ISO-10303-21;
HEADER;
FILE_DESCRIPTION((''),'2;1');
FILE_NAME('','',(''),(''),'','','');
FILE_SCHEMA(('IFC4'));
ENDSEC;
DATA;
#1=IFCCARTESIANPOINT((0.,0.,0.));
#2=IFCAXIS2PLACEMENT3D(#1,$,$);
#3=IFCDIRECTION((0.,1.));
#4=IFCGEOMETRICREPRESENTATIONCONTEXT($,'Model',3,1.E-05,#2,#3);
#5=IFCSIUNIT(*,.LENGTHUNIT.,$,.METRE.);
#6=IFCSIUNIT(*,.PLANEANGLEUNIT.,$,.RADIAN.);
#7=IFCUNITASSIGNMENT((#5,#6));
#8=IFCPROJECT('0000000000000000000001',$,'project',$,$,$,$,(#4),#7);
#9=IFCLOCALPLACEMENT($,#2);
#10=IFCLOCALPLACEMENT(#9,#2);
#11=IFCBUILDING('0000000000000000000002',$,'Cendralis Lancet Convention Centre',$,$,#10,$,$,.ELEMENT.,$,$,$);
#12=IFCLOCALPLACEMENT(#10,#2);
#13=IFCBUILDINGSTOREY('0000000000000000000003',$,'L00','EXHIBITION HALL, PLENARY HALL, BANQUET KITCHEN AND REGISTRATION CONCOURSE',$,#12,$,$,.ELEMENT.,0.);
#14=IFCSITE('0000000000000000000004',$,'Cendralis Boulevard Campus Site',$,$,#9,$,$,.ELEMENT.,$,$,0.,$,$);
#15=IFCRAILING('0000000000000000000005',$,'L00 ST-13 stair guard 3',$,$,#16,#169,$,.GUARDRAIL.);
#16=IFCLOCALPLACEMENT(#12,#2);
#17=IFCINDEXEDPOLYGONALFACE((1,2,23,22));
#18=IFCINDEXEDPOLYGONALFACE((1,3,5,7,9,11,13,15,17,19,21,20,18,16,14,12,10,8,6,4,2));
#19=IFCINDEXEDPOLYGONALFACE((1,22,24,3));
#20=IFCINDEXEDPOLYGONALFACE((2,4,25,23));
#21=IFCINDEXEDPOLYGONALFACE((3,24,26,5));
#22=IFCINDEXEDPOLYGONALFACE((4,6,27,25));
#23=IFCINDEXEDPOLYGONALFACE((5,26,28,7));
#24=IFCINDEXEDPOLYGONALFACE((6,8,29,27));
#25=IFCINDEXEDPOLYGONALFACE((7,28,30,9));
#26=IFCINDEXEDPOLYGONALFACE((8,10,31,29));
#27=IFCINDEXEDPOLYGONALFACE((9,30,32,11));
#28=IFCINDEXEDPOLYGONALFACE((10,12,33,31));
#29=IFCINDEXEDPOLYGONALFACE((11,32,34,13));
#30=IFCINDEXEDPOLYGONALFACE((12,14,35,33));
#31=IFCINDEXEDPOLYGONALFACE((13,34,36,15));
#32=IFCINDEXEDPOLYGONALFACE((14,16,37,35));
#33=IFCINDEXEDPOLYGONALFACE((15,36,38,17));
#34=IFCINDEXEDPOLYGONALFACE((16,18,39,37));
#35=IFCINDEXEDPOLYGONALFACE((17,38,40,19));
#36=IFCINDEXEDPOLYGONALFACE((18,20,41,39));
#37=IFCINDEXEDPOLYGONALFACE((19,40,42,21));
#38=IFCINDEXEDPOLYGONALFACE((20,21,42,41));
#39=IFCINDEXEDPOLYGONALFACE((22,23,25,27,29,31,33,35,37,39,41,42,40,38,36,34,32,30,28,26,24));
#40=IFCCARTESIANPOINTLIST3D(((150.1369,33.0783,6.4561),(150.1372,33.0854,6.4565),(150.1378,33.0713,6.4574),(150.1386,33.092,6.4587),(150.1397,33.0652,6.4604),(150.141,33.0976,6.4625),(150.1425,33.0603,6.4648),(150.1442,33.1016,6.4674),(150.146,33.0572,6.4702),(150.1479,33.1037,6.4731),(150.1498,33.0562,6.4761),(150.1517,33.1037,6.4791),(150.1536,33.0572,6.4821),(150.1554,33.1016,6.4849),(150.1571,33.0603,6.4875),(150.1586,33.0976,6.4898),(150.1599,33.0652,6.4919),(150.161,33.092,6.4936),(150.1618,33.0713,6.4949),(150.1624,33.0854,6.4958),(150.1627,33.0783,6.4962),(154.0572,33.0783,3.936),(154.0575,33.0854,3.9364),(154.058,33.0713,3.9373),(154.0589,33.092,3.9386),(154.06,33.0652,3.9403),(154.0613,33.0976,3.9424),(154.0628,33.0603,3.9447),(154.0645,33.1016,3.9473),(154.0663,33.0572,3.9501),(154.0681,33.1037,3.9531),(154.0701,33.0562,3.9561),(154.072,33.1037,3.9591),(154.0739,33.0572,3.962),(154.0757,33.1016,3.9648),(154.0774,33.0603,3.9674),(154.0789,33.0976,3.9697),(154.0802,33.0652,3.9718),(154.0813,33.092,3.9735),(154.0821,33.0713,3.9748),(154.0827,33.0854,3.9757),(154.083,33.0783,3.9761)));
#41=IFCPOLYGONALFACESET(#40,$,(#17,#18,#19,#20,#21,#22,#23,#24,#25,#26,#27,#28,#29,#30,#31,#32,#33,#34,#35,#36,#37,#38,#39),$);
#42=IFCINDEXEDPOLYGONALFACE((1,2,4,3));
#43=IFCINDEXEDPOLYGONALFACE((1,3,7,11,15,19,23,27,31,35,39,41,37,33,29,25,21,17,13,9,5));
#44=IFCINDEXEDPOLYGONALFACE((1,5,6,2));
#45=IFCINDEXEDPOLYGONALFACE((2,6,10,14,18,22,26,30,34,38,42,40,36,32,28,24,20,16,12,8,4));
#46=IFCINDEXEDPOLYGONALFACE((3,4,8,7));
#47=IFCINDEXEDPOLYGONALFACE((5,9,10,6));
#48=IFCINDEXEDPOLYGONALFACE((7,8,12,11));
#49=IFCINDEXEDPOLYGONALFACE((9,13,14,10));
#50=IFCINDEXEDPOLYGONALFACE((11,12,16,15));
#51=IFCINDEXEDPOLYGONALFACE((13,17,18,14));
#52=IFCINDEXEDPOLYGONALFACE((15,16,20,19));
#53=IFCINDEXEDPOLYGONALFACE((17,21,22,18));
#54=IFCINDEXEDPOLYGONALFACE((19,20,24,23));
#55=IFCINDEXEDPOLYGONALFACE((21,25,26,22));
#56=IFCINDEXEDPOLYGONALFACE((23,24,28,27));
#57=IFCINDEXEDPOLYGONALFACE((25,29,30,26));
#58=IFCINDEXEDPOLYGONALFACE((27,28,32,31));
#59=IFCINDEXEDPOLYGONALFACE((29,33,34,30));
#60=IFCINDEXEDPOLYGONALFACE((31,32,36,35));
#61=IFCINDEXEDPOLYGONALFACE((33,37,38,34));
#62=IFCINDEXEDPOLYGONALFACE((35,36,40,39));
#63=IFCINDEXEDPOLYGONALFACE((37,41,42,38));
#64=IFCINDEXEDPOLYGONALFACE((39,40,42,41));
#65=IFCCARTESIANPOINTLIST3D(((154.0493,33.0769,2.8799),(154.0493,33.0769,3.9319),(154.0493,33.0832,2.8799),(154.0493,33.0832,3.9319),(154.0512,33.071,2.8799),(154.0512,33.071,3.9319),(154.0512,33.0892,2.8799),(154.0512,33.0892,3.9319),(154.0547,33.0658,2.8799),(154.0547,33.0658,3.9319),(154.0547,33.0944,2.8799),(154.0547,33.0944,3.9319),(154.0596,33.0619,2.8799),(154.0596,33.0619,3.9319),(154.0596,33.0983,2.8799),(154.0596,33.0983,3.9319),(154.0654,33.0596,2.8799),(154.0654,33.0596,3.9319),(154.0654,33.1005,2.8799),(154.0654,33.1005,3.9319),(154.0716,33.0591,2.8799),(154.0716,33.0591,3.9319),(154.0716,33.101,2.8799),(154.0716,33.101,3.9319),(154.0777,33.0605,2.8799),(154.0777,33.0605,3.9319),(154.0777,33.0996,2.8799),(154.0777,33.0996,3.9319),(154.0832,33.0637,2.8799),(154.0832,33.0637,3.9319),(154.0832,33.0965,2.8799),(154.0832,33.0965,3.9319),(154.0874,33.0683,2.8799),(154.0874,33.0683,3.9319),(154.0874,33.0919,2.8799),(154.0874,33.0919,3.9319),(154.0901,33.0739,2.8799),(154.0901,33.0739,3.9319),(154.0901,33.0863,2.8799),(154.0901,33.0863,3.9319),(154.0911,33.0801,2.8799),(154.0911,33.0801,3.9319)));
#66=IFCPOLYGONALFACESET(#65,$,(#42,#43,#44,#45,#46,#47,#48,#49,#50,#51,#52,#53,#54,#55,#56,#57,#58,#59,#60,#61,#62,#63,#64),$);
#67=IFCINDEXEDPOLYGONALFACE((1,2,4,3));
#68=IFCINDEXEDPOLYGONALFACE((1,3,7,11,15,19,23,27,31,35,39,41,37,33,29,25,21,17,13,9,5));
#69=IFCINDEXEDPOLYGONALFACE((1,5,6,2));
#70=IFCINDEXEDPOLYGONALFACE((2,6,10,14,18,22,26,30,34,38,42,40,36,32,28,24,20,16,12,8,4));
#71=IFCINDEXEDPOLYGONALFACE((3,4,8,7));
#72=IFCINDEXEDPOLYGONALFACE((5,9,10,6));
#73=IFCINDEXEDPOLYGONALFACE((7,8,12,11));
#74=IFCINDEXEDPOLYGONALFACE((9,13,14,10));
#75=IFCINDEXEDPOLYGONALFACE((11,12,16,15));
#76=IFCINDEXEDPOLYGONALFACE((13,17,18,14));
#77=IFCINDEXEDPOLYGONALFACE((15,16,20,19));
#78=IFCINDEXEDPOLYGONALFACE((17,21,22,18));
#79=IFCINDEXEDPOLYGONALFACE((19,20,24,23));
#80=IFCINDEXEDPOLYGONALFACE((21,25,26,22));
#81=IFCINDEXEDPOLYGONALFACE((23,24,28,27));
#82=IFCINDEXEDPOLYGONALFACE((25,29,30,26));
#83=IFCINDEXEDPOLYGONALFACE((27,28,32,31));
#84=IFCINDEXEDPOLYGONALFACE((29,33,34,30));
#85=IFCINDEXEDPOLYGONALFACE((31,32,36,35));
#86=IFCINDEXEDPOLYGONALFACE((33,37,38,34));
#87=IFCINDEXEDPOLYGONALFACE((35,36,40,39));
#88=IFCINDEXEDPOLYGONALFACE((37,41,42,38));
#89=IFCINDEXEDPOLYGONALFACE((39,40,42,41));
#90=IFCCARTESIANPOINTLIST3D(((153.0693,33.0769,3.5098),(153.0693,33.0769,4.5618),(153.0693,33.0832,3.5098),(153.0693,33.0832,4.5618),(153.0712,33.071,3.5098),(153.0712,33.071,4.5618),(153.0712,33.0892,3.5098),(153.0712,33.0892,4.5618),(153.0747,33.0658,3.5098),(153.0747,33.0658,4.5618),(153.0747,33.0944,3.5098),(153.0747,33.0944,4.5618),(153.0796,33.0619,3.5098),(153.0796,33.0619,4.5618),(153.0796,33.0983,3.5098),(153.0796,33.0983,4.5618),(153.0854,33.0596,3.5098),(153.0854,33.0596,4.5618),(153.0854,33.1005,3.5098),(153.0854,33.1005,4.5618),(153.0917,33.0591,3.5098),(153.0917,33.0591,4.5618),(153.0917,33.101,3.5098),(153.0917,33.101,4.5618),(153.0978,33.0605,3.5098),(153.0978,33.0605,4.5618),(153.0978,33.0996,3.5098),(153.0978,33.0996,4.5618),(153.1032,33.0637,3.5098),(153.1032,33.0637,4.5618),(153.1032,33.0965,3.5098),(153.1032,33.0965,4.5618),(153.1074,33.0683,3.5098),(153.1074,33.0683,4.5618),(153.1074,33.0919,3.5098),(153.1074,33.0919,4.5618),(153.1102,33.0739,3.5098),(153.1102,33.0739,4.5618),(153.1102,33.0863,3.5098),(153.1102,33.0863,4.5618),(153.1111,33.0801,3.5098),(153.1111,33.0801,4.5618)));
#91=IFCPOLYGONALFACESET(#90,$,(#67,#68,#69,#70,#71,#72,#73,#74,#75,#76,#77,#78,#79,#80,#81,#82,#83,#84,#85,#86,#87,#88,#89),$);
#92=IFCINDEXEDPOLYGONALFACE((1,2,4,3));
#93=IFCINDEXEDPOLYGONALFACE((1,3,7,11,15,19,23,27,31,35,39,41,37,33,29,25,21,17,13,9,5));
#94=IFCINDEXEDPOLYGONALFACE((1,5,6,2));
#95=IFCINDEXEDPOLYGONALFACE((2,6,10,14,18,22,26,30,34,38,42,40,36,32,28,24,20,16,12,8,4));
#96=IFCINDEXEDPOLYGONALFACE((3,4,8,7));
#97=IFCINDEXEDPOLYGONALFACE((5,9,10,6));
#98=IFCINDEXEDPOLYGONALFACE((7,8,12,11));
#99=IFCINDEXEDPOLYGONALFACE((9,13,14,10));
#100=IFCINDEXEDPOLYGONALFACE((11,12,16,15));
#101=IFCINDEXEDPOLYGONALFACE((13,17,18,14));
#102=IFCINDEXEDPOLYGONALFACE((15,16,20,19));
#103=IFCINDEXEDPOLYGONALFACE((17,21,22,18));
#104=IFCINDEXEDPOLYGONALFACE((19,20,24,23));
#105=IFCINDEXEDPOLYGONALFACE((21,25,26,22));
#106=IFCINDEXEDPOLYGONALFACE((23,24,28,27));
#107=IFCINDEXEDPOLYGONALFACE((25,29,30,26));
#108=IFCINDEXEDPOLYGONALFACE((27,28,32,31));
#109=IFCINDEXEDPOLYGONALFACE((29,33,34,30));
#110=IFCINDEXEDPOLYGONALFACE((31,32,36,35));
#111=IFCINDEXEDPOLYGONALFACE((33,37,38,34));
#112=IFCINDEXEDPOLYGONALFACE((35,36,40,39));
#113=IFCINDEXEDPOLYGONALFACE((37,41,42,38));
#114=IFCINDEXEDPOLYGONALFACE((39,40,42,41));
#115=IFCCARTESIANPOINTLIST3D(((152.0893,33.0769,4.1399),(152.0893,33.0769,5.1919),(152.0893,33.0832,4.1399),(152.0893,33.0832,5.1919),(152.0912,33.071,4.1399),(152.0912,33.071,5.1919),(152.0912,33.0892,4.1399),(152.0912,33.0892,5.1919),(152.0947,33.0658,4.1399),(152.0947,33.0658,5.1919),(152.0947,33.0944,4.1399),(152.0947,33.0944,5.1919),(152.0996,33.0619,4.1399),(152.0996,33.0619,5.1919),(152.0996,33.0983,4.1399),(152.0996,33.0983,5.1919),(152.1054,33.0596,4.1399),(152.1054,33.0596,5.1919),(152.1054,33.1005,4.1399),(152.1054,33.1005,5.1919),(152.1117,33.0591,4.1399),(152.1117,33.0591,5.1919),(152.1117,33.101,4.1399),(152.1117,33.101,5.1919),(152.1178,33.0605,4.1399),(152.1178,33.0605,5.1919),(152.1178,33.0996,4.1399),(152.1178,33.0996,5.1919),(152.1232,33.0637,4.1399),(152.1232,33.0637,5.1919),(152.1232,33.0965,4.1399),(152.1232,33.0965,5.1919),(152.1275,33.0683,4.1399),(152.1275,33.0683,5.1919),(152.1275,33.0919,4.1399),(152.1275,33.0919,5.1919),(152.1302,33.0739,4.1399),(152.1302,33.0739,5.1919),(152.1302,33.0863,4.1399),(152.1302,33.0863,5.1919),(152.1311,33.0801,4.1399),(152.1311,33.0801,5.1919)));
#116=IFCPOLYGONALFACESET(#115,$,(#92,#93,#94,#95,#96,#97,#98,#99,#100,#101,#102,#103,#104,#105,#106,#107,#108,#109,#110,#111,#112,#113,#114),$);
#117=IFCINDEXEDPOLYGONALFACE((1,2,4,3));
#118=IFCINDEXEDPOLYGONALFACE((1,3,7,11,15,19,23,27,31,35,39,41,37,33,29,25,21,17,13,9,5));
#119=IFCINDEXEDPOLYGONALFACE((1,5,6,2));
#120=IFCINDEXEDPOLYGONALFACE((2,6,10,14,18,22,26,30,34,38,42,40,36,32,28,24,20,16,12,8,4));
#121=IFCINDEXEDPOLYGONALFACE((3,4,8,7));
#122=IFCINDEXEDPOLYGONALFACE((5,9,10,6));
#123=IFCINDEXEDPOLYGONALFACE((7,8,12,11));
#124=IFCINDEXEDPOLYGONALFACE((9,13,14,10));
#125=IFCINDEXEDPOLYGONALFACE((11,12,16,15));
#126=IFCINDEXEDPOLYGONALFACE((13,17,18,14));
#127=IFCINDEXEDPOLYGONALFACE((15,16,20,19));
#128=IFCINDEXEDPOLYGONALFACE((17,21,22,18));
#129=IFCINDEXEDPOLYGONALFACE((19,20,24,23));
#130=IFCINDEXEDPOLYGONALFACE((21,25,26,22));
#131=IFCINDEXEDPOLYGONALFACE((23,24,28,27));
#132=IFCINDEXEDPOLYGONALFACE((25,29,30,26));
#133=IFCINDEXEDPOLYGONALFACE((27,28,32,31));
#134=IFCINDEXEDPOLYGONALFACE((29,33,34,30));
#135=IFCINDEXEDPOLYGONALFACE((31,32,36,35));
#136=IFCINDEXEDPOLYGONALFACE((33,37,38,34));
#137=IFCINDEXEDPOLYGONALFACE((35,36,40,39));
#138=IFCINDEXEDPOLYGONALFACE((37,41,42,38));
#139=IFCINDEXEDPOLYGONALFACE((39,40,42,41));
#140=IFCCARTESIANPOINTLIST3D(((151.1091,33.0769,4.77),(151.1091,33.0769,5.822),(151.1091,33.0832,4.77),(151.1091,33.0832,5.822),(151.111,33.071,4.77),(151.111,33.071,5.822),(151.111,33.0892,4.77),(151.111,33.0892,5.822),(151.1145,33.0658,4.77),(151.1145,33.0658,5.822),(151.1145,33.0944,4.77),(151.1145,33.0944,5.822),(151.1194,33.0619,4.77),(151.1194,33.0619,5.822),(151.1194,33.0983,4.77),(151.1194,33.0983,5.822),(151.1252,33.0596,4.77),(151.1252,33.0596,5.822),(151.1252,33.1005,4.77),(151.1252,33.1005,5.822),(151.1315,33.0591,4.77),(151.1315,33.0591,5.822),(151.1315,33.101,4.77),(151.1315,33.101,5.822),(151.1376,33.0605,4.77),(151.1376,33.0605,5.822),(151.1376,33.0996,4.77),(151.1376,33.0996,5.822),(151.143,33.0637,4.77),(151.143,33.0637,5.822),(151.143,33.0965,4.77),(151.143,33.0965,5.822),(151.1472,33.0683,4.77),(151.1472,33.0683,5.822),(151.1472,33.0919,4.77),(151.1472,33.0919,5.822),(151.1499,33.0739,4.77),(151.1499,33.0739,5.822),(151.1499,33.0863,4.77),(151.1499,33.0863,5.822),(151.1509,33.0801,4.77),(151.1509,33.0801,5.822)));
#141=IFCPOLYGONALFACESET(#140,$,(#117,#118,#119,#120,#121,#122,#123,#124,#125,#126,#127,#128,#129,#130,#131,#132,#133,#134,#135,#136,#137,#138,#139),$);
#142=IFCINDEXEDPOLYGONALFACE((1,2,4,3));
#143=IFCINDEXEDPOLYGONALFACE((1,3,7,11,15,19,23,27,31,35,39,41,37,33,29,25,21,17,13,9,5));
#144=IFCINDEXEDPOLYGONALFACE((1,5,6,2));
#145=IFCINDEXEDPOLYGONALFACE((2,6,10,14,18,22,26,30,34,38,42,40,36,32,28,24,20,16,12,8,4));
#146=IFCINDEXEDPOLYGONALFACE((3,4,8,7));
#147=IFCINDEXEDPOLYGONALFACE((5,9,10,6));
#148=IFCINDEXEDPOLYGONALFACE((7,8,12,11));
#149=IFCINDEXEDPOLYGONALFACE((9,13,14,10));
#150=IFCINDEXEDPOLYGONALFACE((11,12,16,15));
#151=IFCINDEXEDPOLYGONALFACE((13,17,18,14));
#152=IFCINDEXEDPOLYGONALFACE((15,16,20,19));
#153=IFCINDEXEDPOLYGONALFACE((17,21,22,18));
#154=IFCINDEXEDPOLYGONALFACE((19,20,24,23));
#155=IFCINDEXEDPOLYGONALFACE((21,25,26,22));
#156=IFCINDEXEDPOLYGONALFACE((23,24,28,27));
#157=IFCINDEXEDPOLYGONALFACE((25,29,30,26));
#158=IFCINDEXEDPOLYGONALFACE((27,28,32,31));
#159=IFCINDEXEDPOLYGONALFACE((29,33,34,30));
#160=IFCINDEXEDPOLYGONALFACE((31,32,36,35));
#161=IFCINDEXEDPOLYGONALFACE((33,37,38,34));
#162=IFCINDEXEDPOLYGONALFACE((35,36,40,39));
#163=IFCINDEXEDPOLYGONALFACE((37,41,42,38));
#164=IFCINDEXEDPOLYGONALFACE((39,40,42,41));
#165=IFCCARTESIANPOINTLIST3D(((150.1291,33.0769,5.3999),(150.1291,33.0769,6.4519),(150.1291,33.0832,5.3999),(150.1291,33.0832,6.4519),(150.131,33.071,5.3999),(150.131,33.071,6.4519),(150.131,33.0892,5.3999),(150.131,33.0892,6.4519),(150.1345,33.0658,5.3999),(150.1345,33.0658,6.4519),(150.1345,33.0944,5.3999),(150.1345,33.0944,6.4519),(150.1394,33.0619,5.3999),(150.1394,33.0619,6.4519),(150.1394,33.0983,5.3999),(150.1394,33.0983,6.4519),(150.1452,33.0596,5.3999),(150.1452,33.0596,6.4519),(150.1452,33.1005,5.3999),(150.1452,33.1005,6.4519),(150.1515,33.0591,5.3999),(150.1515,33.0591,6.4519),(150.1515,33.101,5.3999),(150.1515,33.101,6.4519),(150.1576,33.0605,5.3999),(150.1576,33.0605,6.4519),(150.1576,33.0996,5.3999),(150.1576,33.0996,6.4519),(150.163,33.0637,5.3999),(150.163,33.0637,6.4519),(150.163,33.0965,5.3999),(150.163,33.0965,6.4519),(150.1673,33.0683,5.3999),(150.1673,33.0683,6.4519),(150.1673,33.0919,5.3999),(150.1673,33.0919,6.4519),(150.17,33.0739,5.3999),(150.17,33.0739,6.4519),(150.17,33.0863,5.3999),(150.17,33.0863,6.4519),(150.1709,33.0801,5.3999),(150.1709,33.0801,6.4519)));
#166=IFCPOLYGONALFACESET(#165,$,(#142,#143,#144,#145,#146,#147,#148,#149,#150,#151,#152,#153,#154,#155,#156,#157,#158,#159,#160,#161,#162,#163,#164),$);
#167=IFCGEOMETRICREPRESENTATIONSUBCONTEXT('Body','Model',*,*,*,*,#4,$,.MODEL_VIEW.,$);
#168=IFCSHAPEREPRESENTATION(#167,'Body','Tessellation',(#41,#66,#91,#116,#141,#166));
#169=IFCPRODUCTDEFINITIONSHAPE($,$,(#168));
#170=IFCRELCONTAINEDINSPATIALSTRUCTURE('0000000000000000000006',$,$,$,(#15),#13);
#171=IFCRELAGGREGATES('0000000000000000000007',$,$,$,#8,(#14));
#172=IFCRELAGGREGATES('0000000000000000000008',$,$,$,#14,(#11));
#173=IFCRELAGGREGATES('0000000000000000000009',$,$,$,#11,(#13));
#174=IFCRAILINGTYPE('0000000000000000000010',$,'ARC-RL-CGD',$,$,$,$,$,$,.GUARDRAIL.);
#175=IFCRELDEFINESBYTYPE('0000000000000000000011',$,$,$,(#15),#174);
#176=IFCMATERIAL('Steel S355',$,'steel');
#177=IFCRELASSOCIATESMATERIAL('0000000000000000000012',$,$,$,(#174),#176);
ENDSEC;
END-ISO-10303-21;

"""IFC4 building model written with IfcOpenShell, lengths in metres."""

from ifc_helpers import new_model, si_unit, direction, frame, origin, origin_2d, place, context, subcontext, project, spatial, circle, extrude, material, type_object, element, save


model = new_model("IFC4")

# Units and contexts
model_context = context("Model", 3, precision=1e-05, world=origin(), true_north=direction((0.0, 1.0)))
body_context = subcontext(model_context, "Body", "Model", "MODEL_VIEW")
ifc_project = project(units=[si_unit("LENGTHUNIT", "METRE"), si_unit("PLANEANGLEUNIT", "RADIAN")], contexts=[model_context])

# Site, building, storey
site_placement = place(None, origin())
site = spatial("IfcSite", under=ifc_project, at=site_placement, Name="Cendralis Boulevard Campus Site", CompositionType="ELEMENT", RefElevation=0.0)
building_placement = place(site_placement, origin())
building = spatial("IfcBuilding", under=site, at=building_placement, Name="Cendralis Lancet Convention Centre", CompositionType="ELEMENT")
storey_placement = place(building_placement, origin())
storey = spatial("IfcBuildingStorey", under=building, at=storey_placement, Name="L00", Description="EXHIBITION HALL, PLENARY HALL, BANQUET KITCHEN AND REGISTRATION CONCOURSE", CompositionType="ELEMENT", Elevation=0.0)

# Shared definitions
ifc_material_1 = material(Name="Steel S355", Category="steel")

# Railing
railing_type_1 = type_object("IfcRailingType", Name="ARC-RL-CGD", PredefinedType="GUARDRAIL", material=ifc_material_1)
railing_1_placement = place(storey_placement, frame((154.0701, 33.0801, 2.8799)))
element("IfcRailing", 1, at=railing_1_placement, inside=storey, type_object=railing_type_1, Name="L00 ST-13 stair guard 3", PredefinedType="GUARDRAIL", context=body_context, shape_type="SweptSolid", body=[
    extrude(circle(Radius=0.0239, at=origin_2d()), frame((0.0, 0.0, 1.0762), z_axis=(-0.841187, 0.0, 0.540744), x_axis=(0.0, -1.0, 0.0)), (0.0, 0.0, 1.0), 4.6604),
    extrude(circle(Radius=0.021, at=origin_2d()), origin(), (0.0, 0.0, 1.0), 1.052),
    extrude(circle(Radius=0.021, at=origin_2d()), frame((-0.98, 0.0, 0.6299)), (0.0, 0.0, 1.0), 1.052),
    extrude(circle(Radius=0.021, at=origin_2d()), frame((-1.96, 0.0, 1.26)), (0.0, 0.0, 1.0), 1.052),
    extrude(circle(Radius=0.021, at=origin_2d()), frame((-2.9402, 0.0, 1.8901)), (0.0, 0.0, 1.0), 1.052),
    extrude(circle(Radius=0.021, at=origin_2d()), frame((-3.9202, 0.0, 2.52)), (0.0, 0.0, 1.0), 1.052),
])

save(model, "model.ifc")
